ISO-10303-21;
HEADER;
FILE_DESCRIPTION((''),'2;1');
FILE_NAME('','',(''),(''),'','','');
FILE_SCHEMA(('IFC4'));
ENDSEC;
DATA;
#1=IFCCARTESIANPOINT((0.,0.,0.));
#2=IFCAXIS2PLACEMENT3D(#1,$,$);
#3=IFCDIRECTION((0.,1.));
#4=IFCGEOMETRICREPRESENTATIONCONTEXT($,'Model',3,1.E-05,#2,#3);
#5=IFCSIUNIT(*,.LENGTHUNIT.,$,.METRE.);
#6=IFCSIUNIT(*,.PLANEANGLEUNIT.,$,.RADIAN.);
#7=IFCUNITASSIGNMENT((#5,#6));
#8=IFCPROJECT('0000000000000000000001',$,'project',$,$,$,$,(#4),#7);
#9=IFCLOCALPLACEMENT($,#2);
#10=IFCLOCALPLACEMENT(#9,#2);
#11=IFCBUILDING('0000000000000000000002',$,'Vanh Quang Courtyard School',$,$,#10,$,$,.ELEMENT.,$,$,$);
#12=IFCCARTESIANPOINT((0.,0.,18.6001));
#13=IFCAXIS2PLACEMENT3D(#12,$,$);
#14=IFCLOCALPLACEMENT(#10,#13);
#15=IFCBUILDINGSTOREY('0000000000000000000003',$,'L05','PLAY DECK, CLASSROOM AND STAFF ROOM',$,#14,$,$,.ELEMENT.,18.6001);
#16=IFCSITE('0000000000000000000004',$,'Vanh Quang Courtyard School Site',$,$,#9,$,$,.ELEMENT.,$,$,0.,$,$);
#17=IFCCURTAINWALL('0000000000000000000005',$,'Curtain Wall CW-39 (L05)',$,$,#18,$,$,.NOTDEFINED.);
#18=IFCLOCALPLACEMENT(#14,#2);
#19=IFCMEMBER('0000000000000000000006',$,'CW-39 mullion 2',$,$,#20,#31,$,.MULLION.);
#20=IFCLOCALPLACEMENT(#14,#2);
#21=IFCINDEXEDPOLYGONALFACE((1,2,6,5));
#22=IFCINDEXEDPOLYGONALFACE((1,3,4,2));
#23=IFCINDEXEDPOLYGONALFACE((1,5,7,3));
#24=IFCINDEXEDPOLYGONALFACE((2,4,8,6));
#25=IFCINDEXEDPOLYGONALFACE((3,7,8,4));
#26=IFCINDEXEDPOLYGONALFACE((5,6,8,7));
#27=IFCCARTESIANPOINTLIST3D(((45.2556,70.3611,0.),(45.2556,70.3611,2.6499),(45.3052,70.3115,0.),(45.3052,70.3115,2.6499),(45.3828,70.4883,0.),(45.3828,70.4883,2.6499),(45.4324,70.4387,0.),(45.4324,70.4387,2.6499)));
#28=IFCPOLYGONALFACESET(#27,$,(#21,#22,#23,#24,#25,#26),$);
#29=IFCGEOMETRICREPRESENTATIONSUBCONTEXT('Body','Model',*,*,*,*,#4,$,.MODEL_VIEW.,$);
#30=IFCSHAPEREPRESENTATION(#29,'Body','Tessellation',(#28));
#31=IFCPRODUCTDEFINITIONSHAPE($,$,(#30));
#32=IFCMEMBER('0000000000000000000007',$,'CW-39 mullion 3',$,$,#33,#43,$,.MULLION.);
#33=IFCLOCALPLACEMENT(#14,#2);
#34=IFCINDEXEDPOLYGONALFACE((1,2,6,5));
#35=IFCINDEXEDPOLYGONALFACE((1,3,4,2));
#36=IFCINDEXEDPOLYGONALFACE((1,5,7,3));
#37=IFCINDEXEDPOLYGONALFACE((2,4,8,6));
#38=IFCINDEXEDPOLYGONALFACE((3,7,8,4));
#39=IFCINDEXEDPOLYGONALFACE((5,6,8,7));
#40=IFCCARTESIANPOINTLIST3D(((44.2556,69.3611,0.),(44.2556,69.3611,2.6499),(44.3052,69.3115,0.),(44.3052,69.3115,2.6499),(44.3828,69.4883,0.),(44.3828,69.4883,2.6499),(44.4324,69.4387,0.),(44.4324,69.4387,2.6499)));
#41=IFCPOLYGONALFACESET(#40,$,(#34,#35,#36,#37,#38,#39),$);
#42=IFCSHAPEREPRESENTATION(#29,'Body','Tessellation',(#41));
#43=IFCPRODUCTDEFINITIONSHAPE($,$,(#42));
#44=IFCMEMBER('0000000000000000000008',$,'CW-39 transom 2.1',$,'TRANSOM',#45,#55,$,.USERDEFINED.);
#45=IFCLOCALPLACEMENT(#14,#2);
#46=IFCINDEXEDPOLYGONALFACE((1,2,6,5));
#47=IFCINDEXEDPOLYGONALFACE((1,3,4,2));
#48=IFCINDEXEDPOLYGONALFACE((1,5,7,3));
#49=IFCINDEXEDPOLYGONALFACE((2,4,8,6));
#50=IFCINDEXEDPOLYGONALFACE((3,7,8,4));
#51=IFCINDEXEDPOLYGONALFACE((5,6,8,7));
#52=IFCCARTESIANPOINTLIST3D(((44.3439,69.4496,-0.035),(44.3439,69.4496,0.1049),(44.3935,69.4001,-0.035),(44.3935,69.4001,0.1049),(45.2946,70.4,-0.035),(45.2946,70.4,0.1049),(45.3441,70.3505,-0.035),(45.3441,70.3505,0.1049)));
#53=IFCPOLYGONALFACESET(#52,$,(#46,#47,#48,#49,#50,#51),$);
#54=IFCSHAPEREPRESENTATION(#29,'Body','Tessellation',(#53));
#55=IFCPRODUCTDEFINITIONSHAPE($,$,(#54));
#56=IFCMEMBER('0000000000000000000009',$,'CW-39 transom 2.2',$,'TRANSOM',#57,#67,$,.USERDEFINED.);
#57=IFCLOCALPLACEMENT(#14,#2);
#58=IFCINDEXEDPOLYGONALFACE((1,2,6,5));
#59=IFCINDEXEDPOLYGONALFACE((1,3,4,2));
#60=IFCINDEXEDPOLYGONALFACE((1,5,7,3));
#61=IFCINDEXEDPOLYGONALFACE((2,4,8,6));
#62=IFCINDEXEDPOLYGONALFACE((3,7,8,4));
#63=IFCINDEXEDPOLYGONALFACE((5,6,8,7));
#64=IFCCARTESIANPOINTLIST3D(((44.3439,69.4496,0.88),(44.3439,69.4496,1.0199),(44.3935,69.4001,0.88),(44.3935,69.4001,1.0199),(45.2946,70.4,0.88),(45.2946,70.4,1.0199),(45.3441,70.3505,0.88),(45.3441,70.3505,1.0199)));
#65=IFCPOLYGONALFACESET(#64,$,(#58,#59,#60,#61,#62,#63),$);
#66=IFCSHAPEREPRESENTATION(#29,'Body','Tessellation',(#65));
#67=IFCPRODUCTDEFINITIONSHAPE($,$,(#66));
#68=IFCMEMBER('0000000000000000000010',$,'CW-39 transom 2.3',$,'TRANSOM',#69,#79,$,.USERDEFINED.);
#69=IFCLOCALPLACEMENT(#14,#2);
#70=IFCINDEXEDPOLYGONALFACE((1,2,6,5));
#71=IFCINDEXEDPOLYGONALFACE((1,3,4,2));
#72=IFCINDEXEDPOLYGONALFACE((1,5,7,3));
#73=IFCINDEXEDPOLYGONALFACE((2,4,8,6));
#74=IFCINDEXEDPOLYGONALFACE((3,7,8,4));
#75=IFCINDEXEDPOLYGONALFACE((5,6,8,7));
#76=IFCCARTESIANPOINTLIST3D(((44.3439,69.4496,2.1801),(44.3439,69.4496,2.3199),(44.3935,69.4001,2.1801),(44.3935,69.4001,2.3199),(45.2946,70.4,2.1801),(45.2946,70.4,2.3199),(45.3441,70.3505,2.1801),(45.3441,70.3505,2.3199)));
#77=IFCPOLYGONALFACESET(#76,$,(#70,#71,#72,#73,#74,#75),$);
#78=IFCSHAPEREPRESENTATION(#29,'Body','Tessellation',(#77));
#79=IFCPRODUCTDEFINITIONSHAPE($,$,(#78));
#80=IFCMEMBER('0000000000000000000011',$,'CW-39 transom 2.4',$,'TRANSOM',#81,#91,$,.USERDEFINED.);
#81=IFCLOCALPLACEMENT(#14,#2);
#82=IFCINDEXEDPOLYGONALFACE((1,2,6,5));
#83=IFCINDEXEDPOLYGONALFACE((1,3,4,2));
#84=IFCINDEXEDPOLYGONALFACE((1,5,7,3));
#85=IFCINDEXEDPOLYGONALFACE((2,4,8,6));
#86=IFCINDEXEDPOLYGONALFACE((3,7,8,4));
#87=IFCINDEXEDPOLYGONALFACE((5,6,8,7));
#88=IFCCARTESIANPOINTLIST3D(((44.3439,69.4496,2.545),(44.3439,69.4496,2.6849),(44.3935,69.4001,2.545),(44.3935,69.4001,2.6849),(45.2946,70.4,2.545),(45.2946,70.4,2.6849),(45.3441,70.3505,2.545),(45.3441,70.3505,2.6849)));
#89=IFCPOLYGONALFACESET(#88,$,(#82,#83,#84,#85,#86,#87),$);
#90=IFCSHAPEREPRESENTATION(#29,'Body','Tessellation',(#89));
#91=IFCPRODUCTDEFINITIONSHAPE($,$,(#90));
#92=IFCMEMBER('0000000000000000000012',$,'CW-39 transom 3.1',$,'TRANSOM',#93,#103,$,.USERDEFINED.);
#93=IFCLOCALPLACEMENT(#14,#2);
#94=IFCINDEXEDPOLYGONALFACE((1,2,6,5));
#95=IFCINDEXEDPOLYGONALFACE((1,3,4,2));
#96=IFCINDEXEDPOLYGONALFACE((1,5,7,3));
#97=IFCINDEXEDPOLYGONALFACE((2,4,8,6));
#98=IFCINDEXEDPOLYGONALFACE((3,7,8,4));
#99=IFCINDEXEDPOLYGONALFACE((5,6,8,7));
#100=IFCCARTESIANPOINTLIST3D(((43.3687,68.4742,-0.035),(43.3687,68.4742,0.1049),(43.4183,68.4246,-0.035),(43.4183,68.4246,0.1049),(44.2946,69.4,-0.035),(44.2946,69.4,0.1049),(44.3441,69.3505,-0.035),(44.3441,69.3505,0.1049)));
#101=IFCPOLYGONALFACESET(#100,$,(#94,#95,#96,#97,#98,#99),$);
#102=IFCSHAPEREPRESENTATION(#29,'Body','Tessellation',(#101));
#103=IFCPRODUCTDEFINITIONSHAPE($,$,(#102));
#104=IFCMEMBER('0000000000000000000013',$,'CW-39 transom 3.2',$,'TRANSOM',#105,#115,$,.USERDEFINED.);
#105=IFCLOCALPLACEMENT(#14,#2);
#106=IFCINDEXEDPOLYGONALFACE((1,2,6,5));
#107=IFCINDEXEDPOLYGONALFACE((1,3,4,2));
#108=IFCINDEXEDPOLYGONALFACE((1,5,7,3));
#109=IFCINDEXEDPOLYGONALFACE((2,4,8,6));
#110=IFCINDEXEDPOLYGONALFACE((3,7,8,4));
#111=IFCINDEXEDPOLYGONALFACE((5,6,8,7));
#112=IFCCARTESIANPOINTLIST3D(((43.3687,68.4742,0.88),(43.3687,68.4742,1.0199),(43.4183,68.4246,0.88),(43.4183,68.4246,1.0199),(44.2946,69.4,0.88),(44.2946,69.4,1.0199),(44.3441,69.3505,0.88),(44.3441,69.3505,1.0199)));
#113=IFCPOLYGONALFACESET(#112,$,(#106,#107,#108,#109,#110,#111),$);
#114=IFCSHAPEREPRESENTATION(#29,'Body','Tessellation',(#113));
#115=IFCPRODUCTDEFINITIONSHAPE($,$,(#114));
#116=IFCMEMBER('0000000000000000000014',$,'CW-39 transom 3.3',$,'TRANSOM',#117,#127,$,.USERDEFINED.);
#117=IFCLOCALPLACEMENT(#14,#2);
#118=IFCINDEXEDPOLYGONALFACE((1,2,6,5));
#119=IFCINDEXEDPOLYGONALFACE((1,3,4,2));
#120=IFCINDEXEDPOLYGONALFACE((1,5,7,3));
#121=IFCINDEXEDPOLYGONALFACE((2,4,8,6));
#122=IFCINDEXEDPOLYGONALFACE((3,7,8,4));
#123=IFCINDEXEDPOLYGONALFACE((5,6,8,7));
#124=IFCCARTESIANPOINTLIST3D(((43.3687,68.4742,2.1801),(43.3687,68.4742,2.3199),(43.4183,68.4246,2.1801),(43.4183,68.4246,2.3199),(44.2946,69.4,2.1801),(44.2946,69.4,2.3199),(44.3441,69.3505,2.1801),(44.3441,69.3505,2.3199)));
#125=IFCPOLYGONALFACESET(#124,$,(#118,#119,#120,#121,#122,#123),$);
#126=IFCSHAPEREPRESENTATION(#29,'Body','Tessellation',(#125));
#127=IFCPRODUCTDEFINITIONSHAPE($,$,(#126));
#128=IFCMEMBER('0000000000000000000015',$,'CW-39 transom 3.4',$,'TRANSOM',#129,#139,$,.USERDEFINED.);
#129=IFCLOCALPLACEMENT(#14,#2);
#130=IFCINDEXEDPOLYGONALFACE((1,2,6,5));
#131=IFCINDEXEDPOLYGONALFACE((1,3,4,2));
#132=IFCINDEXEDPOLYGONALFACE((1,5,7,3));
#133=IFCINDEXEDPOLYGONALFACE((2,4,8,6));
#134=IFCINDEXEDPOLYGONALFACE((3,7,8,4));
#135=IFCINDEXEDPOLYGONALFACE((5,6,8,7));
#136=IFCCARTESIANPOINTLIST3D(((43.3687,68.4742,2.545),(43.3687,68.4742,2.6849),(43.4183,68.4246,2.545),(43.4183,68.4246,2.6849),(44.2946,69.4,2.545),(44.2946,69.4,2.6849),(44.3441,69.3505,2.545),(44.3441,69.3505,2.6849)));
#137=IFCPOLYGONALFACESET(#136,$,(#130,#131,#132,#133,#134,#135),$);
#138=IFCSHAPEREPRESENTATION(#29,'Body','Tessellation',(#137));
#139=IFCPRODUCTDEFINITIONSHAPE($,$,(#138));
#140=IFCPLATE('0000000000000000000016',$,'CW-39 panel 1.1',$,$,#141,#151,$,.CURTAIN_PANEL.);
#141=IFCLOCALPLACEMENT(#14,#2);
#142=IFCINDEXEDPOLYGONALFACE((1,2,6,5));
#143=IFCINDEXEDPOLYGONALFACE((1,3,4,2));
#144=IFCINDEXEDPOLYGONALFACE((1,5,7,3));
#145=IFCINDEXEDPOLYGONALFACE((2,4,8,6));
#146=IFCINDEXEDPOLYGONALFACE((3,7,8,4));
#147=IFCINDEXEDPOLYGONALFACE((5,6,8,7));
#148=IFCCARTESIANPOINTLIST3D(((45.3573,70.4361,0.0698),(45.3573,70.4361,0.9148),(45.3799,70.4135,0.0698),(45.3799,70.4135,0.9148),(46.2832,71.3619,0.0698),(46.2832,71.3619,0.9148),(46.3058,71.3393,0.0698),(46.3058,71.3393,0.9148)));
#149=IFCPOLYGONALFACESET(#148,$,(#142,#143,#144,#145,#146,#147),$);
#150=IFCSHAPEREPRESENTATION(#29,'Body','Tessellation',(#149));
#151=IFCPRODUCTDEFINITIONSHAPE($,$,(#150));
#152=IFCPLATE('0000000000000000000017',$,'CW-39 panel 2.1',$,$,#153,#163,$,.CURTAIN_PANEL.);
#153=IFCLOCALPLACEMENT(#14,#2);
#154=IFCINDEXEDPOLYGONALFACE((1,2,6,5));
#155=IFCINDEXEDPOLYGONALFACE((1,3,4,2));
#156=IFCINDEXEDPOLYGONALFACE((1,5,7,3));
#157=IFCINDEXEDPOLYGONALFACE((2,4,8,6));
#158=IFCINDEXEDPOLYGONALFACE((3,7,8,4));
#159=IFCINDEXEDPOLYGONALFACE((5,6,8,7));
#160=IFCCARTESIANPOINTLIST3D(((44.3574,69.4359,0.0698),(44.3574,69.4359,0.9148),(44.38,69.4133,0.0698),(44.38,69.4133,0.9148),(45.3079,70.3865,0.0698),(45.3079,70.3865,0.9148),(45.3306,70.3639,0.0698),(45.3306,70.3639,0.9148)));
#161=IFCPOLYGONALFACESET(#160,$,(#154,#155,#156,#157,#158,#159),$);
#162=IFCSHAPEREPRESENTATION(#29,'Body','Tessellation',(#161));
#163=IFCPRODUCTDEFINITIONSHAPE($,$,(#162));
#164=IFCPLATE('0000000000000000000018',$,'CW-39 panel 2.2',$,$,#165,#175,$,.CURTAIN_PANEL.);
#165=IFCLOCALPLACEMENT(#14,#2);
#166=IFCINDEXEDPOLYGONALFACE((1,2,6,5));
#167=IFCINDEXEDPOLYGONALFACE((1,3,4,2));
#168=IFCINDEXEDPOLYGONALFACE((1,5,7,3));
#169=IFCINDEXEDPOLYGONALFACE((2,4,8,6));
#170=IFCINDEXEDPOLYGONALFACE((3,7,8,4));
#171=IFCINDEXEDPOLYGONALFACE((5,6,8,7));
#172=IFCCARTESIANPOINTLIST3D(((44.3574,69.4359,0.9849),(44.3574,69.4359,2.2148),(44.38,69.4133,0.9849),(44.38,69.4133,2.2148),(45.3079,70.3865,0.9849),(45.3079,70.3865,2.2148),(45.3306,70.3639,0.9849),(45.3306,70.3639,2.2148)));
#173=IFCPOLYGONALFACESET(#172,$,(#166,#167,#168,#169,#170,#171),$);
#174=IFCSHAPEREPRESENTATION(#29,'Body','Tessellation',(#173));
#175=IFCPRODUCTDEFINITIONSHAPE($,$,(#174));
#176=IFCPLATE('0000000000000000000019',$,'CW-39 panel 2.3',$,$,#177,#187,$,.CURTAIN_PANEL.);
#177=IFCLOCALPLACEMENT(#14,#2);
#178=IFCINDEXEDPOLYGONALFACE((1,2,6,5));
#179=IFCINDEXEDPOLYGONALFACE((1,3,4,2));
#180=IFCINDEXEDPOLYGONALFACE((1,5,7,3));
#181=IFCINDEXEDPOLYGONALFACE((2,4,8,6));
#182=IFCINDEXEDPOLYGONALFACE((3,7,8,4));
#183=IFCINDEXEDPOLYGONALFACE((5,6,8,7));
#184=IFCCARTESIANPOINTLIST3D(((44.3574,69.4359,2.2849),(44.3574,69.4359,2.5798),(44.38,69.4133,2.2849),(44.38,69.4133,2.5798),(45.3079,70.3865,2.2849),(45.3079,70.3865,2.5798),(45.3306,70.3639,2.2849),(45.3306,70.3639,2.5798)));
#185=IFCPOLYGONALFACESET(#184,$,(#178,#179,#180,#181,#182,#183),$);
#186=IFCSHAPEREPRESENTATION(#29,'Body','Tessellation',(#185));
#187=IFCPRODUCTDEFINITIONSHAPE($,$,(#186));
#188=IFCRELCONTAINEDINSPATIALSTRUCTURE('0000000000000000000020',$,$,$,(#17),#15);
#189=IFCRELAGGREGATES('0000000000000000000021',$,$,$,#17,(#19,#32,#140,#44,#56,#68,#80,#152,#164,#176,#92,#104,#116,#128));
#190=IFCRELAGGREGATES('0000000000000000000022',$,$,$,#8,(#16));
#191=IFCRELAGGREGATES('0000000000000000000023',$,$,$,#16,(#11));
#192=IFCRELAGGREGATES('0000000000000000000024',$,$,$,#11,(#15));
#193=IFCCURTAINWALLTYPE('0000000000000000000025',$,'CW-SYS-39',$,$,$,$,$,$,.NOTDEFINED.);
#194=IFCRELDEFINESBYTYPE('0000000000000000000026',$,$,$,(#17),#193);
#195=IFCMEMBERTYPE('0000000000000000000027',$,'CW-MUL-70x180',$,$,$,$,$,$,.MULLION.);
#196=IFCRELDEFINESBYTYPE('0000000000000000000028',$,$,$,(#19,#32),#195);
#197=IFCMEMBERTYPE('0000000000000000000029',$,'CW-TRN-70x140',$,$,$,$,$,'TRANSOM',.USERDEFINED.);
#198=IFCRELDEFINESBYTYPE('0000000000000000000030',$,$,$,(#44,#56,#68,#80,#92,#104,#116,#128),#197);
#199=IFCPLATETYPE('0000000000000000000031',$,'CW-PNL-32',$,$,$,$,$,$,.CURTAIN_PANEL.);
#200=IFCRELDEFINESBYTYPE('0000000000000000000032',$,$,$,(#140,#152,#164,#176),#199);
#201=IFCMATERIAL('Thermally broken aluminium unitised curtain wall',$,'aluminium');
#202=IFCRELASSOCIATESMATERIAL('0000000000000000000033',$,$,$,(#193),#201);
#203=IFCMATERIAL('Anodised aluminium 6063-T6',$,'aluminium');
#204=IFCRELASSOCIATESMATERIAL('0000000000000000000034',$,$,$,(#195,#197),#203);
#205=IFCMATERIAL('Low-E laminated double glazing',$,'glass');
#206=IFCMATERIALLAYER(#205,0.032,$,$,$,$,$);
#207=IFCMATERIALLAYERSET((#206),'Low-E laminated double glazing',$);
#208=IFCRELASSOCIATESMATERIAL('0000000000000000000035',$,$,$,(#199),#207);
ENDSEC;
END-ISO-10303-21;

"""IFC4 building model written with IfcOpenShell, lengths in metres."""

from ifc_helpers import new_model, si_unit, direction, frame, origin, origin_2d, place, context, subcontext, project, spatial, rectangle, extrude, material, layer, layer_set, material_profile, profile_set, type_object, element, aggregate, save


model = new_model("IFC4")

# Units and contexts
model_context = context("Model", 3, precision=1e-05, world=origin(), true_north=direction((0.0, 1.0)))
body_context = subcontext(model_context, "Body", "Model", "MODEL_VIEW")
ifc_project = project(units=[si_unit("LENGTHUNIT", "METRE"), si_unit("PLANEANGLEUNIT", "RADIAN")], contexts=[model_context])

# Site, building, storey
site_placement = place(None, origin())
site = spatial("IfcSite", under=ifc_project, at=site_placement, Name="Vanh Quang Courtyard School Site", CompositionType="ELEMENT", RefElevation=0.0)
building_placement = place(site_placement, origin())
building = spatial("IfcBuilding", under=site, at=building_placement, Name="Vanh Quang Courtyard School", CompositionType="ELEMENT")
storey_placement = place(building_placement, frame((0.0, 0.0, 18.6001)))
storey = spatial("IfcBuildingStorey", under=building, at=storey_placement, Name="L05", Description="PLAY DECK, CLASSROOM AND STAFF ROOM", CompositionType="ELEMENT", Elevation=18.6001)

# Curtain wall, members, plates
ifc_material_1 = material(Name="Thermally broken aluminium unitised curtain wall", Category="aluminium")
curtain_wall_type = type_object("IfcCurtainWallType", Name="CW-SYS-39", PredefinedType="NOTDEFINED", material=ifc_material_1)
curtain_wall_placement = place(storey_placement, origin())
curtain_wall = element("IfcCurtainWall", 1, at=curtain_wall_placement, inside=storey, type_object=curtain_wall_type, Name="Curtain Wall CW-39 (L05)", PredefinedType="NOTDEFINED")
ifc_material_2 = material(Name="Anodised aluminium 6063-T6", Category="aluminium")
ifc_material_profile_1 = material_profile(ifc_material_2, rectangle(XDim=0.0701, YDim=0.1799, at=origin_2d()), Name="ALU-MUL 70x180")
ifc_profile_set_1 = profile_set([ifc_material_profile_1], Name="Anodised aluminium 6063-T6")
member_type_1 = type_object("IfcMemberType", Name="CW-MUL-70x180", PredefinedType="MULLION", material=ifc_profile_set_1)
member_1_placement = place(storey_placement, frame((45.344, 70.3999, 0.0), z_axis=(0.0, 0.0, 1.0), x_axis=(0.707107, -0.707107, 0.0)))
member_1 = element("IfcMember", 2, at=member_1_placement, type_object=member_type_1, Name="CW-39 mullion 2", PredefinedType="MULLION", context=body_context, shape_type="SweptSolid", body=[
    extrude(rectangle(XDim=0.0701, YDim=0.1799, at=origin_2d()), origin(), (0.0, 0.0, 1.0), 2.6499),
])
member_2_placement = place(storey_placement, frame((44.344, 69.3999, 0.0), z_axis=(0.0, 0.0, 1.0), x_axis=(0.707107, -0.707107, 0.0)))
member_2 = element("IfcMember", 3, at=member_2_placement, type_object=member_type_1, Name="CW-39 mullion 3", PredefinedType="MULLION", context=body_context, shape_type="SweptSolid", body=[
    extrude(rectangle(XDim=0.0701, YDim=0.1799, at=origin_2d()), origin(), (0.0, 0.0, 1.0), 2.6499),
])
ifc_material_profile_2 = material_profile(ifc_material_2, rectangle(XDim=0.0701, YDim=0.1399, at=origin_2d()), Name="ALU-TRN 70x140")
ifc_profile_set_2 = profile_set([ifc_material_profile_2], Name="Anodised aluminium 6063-T6")
member_type_2 = type_object("IfcMemberType", Name="CW-TRN-70x140", ElementType="TRANSOM", PredefinedType="USERDEFINED", material=ifc_profile_set_2)
member_3_placement = place(storey_placement, frame((45.3193, 70.3752, 0.0349), z_axis=(-0.707198, -0.707016, 0.0), x_axis=(0.707016, -0.707198, 0.0)))
member_3 = element("IfcMember", 4, at=member_3_placement, type_object=member_type_2, Name="CW-39 transom 2.1", ObjectType="TRANSOM", PredefinedType="USERDEFINED", context=body_context, shape_type="SweptSolid", body=[
    extrude(rectangle(XDim=0.0701, YDim=0.1399, at=origin_2d()), origin(), (0.0, 0.0, 1.0), 1.3442),
])
member_4_placement = place(storey_placement, frame((45.3193, 70.3752, 0.95), z_axis=(-0.707198, -0.707016, 0.0), x_axis=(0.707016, -0.707198, 0.0)))
member_4 = element("IfcMember", 5, at=member_4_placement, type_object=member_type_2, Name="CW-39 transom 2.2", ObjectType="TRANSOM", PredefinedType="USERDEFINED", context=body_context, shape_type="SweptSolid", body=[
    extrude(rectangle(XDim=0.0701, YDim=0.1399, at=origin_2d()), origin(), (0.0, 0.0, 1.0), 1.3442),
])
member_5_placement = place(storey_placement, frame((45.3193, 70.3752, 2.25), z_axis=(-0.707198, -0.707016, 0.0), x_axis=(0.707016, -0.707198, 0.0)))
member_5 = element("IfcMember", 6, at=member_5_placement, type_object=member_type_2, Name="CW-39 transom 2.3", ObjectType="TRANSOM", PredefinedType="USERDEFINED", context=body_context, shape_type="SweptSolid", body=[
    extrude(rectangle(XDim=0.0701, YDim=0.1399, at=origin_2d()), origin(), (0.0, 0.0, 1.0), 1.3442),
])
member_6_placement = place(storey_placement, frame((45.3193, 70.3752, 2.615), z_axis=(-0.707198, -0.707016, 0.0), x_axis=(0.707016, -0.707198, 0.0)))
member_6 = element("IfcMember", 7, at=member_6_placement, type_object=member_type_2, Name="CW-39 transom 2.4", ObjectType="TRANSOM", PredefinedType="USERDEFINED", context=body_context, shape_type="SweptSolid", body=[
    extrude(rectangle(XDim=0.0701, YDim=0.1399, at=origin_2d()), origin(), (0.0, 0.0, 1.0), 1.3442),
])
member_7_placement = place(storey_placement, frame((44.3193, 69.3752, 0.0349), z_axis=(-0.707107, -0.707107, 0.0), x_axis=(0.707107, -0.707107, 0.0)))
member_7 = element("IfcMember", 8, at=member_7_placement, type_object=member_type_2, Name="CW-39 transom 3.1", ObjectType="TRANSOM", PredefinedType="USERDEFINED", context=body_context, shape_type="SweptSolid", body=[
    extrude(rectangle(XDim=0.0701, YDim=0.1399, at=origin_2d()), origin(), (0.0, 0.0, 1.0), 1.3093),
])
member_8_placement = place(storey_placement, frame((44.3193, 69.3752, 0.95), z_axis=(-0.707107, -0.707107, 0.0), x_axis=(0.707107, -0.707107, 0.0)))
member_8 = element("IfcMember", 9, at=member_8_placement, type_object=member_type_2, Name="CW-39 transom 3.2", ObjectType="TRANSOM", PredefinedType="USERDEFINED", context=body_context, shape_type="SweptSolid", body=[
    extrude(rectangle(XDim=0.0701, YDim=0.1399, at=origin_2d()), origin(), (0.0, 0.0, 1.0), 1.3093),
])
member_9_placement = place(storey_placement, frame((44.3193, 69.3752, 2.25), z_axis=(-0.707107, -0.707107, 0.0), x_axis=(0.707107, -0.707107, 0.0)))
member_9 = element("IfcMember", 10, at=member_9_placement, type_object=member_type_2, Name="CW-39 transom 3.3", ObjectType="TRANSOM", PredefinedType="USERDEFINED", context=body_context, shape_type="SweptSolid", body=[
    extrude(rectangle(XDim=0.0701, YDim=0.1399, at=origin_2d()), origin(), (0.0, 0.0, 1.0), 1.3093),
])
member_10_placement = place(storey_placement, frame((44.3193, 69.3752, 2.615), z_axis=(-0.707107, -0.707107, 0.0), x_axis=(0.707107, -0.707107, 0.0)))
member_10 = element("IfcMember", 11, at=member_10_placement, type_object=member_type_2, Name="CW-39 transom 3.4", ObjectType="TRANSOM", PredefinedType="USERDEFINED", context=body_context, shape_type="SweptSolid", body=[
    extrude(rectangle(XDim=0.0701, YDim=0.1399, at=origin_2d()), origin(), (0.0, 0.0, 1.0), 1.3093),
])
ifc_material_3 = material(Name="Low-E laminated double glazing", Category="glass")
ifc_layer_1 = layer(ifc_material_3, 0.032)
ifc_layer_set_1 = layer_set([ifc_layer_1], Name="Low-E laminated double glazing")
plate_type = type_object("IfcPlateType", Name="CW-PNL-32", PredefinedType="CURTAIN_PANEL", material=ifc_layer_set_1)
plate_1_placement = place(storey_placement, frame((45.8315, 70.8877, 0.0698), z_axis=(0.0, 0.0, 1.0), x_axis=(-0.707107, -0.707107, 0.0)))
plate_1 = element("IfcPlate", 12, at=plate_1_placement, type_object=plate_type, Name="CW-39 panel 1.1", PredefinedType="CURTAIN_PANEL", context=body_context, shape_type="SweptSolid", body=[
    extrude(rectangle(XDim=1.3093, YDim=0.032, at=origin_2d()), origin(), (0.0, 0.0, 1.0), 0.845),
])
plate_2_placement = place(storey_placement, frame((44.844, 69.8999, 0.0698), z_axis=(0.0, 0.0, 1.0), x_axis=(-0.707107, -0.707107, 0.0)))
plate_2 = element("IfcPlate", 13, at=plate_2_placement, type_object=plate_type, Name="CW-39 panel 2.1", PredefinedType="CURTAIN_PANEL", context=body_context, shape_type="SweptSolid", body=[
    extrude(rectangle(XDim=1.3442, YDim=0.032, at=origin_2d()), origin(), (0.0, 0.0, 1.0), 0.845),
])
plate_3_placement = place(storey_placement, frame((44.844, 69.8999, 0.9849), z_axis=(0.0, 0.0, 1.0), x_axis=(-0.707107, -0.707107, 0.0)))
plate_3 = element("IfcPlate", 14, at=plate_3_placement, type_object=plate_type, Name="CW-39 panel 2.2", PredefinedType="CURTAIN_PANEL", context=body_context, shape_type="SweptSolid", body=[
    extrude(rectangle(XDim=1.3442, YDim=0.032, at=origin_2d()), origin(), (0.0, 0.0, 1.0), 1.23),
])
plate_4_placement = place(storey_placement, frame((44.844, 69.8999, 2.2849), z_axis=(0.0, 0.0, 1.0), x_axis=(-0.707107, -0.707107, 0.0)))
plate_4 = element("IfcPlate", 15, at=plate_4_placement, type_object=plate_type, Name="CW-39 panel 2.3", PredefinedType="CURTAIN_PANEL", context=body_context, shape_type="SweptSolid", body=[
    extrude(rectangle(XDim=1.3442, YDim=0.032, at=origin_2d()), origin(), (0.0, 0.0, 1.0), 0.2949),
])
aggregate(curtain_wall, [member_1, member_2, plate_1, member_3, member_4, member_5, member_6, plate_2, plate_3, plate_4, member_7, member_8, member_9, member_10])

save(model, "model.ifc")
